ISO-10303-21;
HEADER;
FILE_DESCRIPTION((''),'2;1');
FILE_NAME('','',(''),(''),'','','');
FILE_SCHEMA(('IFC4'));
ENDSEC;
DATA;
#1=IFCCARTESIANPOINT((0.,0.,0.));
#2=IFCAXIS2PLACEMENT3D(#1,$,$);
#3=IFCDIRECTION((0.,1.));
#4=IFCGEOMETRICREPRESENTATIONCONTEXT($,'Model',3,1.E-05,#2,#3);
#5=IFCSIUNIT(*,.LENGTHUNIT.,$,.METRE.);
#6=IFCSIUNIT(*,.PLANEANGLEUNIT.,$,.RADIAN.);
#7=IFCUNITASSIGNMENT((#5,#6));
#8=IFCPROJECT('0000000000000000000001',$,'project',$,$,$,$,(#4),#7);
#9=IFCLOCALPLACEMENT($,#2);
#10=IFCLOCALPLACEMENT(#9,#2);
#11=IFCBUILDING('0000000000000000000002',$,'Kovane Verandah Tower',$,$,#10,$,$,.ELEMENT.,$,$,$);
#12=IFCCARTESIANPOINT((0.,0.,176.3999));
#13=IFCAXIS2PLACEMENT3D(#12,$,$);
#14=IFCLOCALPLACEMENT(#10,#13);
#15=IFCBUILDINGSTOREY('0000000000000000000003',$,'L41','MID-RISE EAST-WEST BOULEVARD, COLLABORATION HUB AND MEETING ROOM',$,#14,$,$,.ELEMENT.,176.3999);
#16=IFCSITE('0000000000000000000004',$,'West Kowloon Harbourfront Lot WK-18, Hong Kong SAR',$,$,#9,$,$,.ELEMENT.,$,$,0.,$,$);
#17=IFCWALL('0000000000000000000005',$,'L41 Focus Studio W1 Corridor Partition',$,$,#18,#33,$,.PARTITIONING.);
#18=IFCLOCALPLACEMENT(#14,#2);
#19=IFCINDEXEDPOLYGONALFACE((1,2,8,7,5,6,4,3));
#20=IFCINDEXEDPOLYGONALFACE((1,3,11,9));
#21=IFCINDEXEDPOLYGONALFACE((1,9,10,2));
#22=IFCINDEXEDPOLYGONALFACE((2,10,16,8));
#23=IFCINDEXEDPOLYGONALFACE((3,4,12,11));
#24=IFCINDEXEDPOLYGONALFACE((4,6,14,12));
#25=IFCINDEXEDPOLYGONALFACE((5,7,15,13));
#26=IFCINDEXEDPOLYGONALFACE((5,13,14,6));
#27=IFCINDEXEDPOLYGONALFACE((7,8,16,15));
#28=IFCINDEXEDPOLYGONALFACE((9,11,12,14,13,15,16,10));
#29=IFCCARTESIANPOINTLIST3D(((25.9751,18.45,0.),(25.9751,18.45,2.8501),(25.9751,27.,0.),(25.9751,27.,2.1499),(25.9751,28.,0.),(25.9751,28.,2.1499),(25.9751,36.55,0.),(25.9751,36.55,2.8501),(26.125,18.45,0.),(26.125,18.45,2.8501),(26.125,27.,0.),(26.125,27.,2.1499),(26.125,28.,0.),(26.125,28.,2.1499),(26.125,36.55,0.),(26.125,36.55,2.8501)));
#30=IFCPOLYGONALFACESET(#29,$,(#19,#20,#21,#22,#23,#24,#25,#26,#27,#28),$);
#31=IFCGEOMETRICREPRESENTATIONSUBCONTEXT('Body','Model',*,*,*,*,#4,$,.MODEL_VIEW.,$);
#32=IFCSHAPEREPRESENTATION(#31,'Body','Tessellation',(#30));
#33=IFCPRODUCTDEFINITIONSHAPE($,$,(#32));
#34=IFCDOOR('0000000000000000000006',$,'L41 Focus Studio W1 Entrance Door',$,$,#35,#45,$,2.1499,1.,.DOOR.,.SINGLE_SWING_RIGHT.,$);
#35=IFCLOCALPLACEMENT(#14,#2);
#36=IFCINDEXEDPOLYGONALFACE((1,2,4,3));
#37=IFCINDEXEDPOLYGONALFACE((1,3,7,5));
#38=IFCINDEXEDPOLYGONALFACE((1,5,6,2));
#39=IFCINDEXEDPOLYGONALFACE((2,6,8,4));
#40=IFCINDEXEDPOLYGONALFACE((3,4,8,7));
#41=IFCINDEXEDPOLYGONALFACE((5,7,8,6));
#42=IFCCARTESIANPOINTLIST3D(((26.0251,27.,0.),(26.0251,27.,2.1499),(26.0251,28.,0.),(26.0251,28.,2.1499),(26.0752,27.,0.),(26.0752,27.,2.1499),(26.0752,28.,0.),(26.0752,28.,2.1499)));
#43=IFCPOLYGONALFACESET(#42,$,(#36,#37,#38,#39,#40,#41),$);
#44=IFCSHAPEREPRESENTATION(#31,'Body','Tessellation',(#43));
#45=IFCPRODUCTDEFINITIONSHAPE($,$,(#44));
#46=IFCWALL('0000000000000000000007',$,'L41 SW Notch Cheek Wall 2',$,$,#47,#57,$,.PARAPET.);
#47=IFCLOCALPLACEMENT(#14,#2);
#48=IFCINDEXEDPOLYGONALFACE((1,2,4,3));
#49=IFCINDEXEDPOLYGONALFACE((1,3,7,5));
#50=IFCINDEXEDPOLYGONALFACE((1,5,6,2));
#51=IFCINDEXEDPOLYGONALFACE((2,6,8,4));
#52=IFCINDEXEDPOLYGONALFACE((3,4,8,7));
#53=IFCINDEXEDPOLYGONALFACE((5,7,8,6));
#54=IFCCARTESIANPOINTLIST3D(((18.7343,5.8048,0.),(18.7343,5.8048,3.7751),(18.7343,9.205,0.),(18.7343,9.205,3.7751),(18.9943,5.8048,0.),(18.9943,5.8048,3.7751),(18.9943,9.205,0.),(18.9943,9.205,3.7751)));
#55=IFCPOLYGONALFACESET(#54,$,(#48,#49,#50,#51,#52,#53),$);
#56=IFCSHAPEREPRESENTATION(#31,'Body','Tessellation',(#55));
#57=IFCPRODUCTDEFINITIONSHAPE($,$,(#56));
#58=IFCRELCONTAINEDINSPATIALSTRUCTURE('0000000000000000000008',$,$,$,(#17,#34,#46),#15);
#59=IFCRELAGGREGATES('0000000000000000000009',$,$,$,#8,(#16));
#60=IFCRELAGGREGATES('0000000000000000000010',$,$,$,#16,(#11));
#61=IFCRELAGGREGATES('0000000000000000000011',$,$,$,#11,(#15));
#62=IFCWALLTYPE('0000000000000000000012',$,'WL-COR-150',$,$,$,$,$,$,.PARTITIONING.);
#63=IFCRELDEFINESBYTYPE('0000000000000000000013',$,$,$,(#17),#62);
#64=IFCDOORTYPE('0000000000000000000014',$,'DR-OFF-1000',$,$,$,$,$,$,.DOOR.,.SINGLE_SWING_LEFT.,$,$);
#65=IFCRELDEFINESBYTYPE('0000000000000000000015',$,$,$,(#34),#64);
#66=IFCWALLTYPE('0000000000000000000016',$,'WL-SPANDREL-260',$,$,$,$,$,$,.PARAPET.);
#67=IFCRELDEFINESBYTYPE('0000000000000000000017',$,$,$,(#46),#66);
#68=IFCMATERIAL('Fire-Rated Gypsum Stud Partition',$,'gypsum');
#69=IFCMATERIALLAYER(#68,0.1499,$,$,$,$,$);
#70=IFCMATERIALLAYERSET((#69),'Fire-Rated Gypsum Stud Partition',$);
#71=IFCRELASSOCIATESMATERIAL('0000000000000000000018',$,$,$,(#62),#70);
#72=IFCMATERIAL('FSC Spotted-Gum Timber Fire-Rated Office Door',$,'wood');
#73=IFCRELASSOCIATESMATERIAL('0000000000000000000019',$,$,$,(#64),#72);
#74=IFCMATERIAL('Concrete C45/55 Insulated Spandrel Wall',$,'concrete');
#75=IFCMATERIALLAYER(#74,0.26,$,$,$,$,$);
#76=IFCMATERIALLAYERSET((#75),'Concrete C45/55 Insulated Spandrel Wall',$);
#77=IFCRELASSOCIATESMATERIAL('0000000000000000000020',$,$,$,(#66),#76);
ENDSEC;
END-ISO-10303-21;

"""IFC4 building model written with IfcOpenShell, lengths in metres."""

from ifc_helpers import new_model, si_unit, direction, frame, frame_2d, origin, place, context, subcontext, project, spatial, rectangle, extrude, material, layer, layer_set, type_object, element, fill, save


model = new_model("IFC4")

# Units and contexts
model_context = context("Model", 3, precision=1e-05, world=origin(), true_north=direction((0.0, 1.0)))
body_context = subcontext(model_context, "Body", "Model", "MODEL_VIEW")
ifc_project = project(units=[si_unit("LENGTHUNIT", "METRE"), si_unit("PLANEANGLEUNIT", "RADIAN")], contexts=[model_context])

# Site, building, storey
site_placement = place(None, origin())
site = spatial("IfcSite", under=ifc_project, at=site_placement, Name="West Kowloon Harbourfront Lot WK-18, Hong Kong SAR", CompositionType="ELEMENT", RefElevation=0.0)
building_placement = place(site_placement, origin())
building = spatial("IfcBuilding", under=site, at=building_placement, Name="Kovane Verandah Tower", CompositionType="ELEMENT")
storey_placement = place(building_placement, frame((0.0, 0.0, 176.3999)))
storey = spatial("IfcBuildingStorey", under=building, at=storey_placement, Name="L41", Description="MID-RISE EAST-WEST BOULEVARD, COLLABORATION HUB AND MEETING ROOM", CompositionType="ELEMENT", Elevation=176.3999)

# Wall, opening, door
ifc_material_1 = material(Name="Fire-Rated Gypsum Stud Partition", Category="gypsum")
ifc_layer_1 = layer(ifc_material_1, 0.1499)
ifc_layer_set_1 = layer_set([ifc_layer_1], Name="Fire-Rated Gypsum Stud Partition")
wall_type_1 = type_object("IfcWallType", Name="WL-COR-150", PredefinedType="PARTITIONING", material=ifc_layer_set_1)
wall_1_placement = place(storey_placement, frame((26.05, 18.45, 0.0), z_axis=(0.0, 0.0, 1.0), x_axis=(0.0, 1.0, 0.0)))
wall_1 = element("IfcWall", 1, at=wall_1_placement, inside=storey, type_object=wall_type_1, Name="L41 Focus Studio W1 Corridor Partition", PredefinedType="PARTITIONING", context=body_context, shape_type="SweptSolid", body=[
    extrude(rectangle(XDim=18.1001, YDim=0.1499, at=frame_2d((9.05, 0.0))), origin(), (0.0, 0.0, 1.0), 2.8501),
])
opening_1_placement = place(wall_1_placement, frame((8.55, 0.0, 0.0)))
opening_1 = element("IfcOpeningElement", 2, at=opening_1_placement, cuts=wall_1, PredefinedType="OPENING", context=body_context, shape_type="SweptSolid", body=[
    extrude(rectangle(XDim=1.0, YDim=2.1499, at=frame_2d((0.5, 1.075))), frame((0.0, 0.075, 0.0), z_axis=(0.0, -1.0, 0.0), x_axis=(1.0, 0.0, 0.0)), (0.0, 0.0, 1.0), 0.1499),
])
ifc_material_2 = material(Name="FSC Spotted-Gum Timber Fire-Rated Office Door", Category="wood")
door_type_1 = type_object("IfcDoorType", Name="DR-OFF-1000", OperationType="SINGLE_SWING_LEFT", PredefinedType="DOOR", material=ifc_material_2)
door_1_placement = place(opening_1_placement, origin())
door_1 = element("IfcDoor", 3, at=door_1_placement, inside=storey, type_object=door_type_1, Name="L41 Focus Studio W1 Entrance Door", OperationType="SINGLE_SWING_RIGHT", OverallHeight=2.1499, OverallWidth=1.0, PredefinedType="DOOR", context=body_context, shape_type="SweptSolid", body=[
    extrude(rectangle(XDim=1.0, YDim=2.1499, at=frame_2d((0.5, 1.075))), frame((0.0, 0.0249, 0.0), z_axis=(0.0, -1.0, 0.0), x_axis=(1.0, 0.0, 0.0)), (0.0, 0.0, 1.0), 0.05),
])
fill(opening_1, door_1)

# Shared definitions
ifc_material_3 = material(Name="Concrete C45/55 Insulated Spandrel Wall", Category="concrete")
ifc_layer_2 = layer(ifc_material_3, 0.26)
ifc_layer_set_2 = layer_set([ifc_layer_2], Name="Concrete C45/55 Insulated Spandrel Wall")
wall_type_2 = type_object("IfcWallType", Name="WL-SPANDREL-260", PredefinedType="PARAPET", material=ifc_layer_set_2)

# Wall
wall_2_placement = place(storey_placement, frame((18.8643, 9.2051, 0.0), z_axis=(0.0, 0.0, 1.0), x_axis=(0.0, -1.0, 0.0)))
element("IfcWall", 4, at=wall_2_placement, inside=storey, type_object=wall_type_2, Name="L41 SW Notch Cheek Wall 2", PredefinedType="PARAPET", context=body_context, shape_type="SweptSolid", body=[
    extrude(rectangle(XDim=3.4001, YDim=0.26, at=frame_2d((1.7002, 0.0))), origin(), (0.0, 0.0, 1.0), 3.7751),
])

save(model, "model.ifc")
